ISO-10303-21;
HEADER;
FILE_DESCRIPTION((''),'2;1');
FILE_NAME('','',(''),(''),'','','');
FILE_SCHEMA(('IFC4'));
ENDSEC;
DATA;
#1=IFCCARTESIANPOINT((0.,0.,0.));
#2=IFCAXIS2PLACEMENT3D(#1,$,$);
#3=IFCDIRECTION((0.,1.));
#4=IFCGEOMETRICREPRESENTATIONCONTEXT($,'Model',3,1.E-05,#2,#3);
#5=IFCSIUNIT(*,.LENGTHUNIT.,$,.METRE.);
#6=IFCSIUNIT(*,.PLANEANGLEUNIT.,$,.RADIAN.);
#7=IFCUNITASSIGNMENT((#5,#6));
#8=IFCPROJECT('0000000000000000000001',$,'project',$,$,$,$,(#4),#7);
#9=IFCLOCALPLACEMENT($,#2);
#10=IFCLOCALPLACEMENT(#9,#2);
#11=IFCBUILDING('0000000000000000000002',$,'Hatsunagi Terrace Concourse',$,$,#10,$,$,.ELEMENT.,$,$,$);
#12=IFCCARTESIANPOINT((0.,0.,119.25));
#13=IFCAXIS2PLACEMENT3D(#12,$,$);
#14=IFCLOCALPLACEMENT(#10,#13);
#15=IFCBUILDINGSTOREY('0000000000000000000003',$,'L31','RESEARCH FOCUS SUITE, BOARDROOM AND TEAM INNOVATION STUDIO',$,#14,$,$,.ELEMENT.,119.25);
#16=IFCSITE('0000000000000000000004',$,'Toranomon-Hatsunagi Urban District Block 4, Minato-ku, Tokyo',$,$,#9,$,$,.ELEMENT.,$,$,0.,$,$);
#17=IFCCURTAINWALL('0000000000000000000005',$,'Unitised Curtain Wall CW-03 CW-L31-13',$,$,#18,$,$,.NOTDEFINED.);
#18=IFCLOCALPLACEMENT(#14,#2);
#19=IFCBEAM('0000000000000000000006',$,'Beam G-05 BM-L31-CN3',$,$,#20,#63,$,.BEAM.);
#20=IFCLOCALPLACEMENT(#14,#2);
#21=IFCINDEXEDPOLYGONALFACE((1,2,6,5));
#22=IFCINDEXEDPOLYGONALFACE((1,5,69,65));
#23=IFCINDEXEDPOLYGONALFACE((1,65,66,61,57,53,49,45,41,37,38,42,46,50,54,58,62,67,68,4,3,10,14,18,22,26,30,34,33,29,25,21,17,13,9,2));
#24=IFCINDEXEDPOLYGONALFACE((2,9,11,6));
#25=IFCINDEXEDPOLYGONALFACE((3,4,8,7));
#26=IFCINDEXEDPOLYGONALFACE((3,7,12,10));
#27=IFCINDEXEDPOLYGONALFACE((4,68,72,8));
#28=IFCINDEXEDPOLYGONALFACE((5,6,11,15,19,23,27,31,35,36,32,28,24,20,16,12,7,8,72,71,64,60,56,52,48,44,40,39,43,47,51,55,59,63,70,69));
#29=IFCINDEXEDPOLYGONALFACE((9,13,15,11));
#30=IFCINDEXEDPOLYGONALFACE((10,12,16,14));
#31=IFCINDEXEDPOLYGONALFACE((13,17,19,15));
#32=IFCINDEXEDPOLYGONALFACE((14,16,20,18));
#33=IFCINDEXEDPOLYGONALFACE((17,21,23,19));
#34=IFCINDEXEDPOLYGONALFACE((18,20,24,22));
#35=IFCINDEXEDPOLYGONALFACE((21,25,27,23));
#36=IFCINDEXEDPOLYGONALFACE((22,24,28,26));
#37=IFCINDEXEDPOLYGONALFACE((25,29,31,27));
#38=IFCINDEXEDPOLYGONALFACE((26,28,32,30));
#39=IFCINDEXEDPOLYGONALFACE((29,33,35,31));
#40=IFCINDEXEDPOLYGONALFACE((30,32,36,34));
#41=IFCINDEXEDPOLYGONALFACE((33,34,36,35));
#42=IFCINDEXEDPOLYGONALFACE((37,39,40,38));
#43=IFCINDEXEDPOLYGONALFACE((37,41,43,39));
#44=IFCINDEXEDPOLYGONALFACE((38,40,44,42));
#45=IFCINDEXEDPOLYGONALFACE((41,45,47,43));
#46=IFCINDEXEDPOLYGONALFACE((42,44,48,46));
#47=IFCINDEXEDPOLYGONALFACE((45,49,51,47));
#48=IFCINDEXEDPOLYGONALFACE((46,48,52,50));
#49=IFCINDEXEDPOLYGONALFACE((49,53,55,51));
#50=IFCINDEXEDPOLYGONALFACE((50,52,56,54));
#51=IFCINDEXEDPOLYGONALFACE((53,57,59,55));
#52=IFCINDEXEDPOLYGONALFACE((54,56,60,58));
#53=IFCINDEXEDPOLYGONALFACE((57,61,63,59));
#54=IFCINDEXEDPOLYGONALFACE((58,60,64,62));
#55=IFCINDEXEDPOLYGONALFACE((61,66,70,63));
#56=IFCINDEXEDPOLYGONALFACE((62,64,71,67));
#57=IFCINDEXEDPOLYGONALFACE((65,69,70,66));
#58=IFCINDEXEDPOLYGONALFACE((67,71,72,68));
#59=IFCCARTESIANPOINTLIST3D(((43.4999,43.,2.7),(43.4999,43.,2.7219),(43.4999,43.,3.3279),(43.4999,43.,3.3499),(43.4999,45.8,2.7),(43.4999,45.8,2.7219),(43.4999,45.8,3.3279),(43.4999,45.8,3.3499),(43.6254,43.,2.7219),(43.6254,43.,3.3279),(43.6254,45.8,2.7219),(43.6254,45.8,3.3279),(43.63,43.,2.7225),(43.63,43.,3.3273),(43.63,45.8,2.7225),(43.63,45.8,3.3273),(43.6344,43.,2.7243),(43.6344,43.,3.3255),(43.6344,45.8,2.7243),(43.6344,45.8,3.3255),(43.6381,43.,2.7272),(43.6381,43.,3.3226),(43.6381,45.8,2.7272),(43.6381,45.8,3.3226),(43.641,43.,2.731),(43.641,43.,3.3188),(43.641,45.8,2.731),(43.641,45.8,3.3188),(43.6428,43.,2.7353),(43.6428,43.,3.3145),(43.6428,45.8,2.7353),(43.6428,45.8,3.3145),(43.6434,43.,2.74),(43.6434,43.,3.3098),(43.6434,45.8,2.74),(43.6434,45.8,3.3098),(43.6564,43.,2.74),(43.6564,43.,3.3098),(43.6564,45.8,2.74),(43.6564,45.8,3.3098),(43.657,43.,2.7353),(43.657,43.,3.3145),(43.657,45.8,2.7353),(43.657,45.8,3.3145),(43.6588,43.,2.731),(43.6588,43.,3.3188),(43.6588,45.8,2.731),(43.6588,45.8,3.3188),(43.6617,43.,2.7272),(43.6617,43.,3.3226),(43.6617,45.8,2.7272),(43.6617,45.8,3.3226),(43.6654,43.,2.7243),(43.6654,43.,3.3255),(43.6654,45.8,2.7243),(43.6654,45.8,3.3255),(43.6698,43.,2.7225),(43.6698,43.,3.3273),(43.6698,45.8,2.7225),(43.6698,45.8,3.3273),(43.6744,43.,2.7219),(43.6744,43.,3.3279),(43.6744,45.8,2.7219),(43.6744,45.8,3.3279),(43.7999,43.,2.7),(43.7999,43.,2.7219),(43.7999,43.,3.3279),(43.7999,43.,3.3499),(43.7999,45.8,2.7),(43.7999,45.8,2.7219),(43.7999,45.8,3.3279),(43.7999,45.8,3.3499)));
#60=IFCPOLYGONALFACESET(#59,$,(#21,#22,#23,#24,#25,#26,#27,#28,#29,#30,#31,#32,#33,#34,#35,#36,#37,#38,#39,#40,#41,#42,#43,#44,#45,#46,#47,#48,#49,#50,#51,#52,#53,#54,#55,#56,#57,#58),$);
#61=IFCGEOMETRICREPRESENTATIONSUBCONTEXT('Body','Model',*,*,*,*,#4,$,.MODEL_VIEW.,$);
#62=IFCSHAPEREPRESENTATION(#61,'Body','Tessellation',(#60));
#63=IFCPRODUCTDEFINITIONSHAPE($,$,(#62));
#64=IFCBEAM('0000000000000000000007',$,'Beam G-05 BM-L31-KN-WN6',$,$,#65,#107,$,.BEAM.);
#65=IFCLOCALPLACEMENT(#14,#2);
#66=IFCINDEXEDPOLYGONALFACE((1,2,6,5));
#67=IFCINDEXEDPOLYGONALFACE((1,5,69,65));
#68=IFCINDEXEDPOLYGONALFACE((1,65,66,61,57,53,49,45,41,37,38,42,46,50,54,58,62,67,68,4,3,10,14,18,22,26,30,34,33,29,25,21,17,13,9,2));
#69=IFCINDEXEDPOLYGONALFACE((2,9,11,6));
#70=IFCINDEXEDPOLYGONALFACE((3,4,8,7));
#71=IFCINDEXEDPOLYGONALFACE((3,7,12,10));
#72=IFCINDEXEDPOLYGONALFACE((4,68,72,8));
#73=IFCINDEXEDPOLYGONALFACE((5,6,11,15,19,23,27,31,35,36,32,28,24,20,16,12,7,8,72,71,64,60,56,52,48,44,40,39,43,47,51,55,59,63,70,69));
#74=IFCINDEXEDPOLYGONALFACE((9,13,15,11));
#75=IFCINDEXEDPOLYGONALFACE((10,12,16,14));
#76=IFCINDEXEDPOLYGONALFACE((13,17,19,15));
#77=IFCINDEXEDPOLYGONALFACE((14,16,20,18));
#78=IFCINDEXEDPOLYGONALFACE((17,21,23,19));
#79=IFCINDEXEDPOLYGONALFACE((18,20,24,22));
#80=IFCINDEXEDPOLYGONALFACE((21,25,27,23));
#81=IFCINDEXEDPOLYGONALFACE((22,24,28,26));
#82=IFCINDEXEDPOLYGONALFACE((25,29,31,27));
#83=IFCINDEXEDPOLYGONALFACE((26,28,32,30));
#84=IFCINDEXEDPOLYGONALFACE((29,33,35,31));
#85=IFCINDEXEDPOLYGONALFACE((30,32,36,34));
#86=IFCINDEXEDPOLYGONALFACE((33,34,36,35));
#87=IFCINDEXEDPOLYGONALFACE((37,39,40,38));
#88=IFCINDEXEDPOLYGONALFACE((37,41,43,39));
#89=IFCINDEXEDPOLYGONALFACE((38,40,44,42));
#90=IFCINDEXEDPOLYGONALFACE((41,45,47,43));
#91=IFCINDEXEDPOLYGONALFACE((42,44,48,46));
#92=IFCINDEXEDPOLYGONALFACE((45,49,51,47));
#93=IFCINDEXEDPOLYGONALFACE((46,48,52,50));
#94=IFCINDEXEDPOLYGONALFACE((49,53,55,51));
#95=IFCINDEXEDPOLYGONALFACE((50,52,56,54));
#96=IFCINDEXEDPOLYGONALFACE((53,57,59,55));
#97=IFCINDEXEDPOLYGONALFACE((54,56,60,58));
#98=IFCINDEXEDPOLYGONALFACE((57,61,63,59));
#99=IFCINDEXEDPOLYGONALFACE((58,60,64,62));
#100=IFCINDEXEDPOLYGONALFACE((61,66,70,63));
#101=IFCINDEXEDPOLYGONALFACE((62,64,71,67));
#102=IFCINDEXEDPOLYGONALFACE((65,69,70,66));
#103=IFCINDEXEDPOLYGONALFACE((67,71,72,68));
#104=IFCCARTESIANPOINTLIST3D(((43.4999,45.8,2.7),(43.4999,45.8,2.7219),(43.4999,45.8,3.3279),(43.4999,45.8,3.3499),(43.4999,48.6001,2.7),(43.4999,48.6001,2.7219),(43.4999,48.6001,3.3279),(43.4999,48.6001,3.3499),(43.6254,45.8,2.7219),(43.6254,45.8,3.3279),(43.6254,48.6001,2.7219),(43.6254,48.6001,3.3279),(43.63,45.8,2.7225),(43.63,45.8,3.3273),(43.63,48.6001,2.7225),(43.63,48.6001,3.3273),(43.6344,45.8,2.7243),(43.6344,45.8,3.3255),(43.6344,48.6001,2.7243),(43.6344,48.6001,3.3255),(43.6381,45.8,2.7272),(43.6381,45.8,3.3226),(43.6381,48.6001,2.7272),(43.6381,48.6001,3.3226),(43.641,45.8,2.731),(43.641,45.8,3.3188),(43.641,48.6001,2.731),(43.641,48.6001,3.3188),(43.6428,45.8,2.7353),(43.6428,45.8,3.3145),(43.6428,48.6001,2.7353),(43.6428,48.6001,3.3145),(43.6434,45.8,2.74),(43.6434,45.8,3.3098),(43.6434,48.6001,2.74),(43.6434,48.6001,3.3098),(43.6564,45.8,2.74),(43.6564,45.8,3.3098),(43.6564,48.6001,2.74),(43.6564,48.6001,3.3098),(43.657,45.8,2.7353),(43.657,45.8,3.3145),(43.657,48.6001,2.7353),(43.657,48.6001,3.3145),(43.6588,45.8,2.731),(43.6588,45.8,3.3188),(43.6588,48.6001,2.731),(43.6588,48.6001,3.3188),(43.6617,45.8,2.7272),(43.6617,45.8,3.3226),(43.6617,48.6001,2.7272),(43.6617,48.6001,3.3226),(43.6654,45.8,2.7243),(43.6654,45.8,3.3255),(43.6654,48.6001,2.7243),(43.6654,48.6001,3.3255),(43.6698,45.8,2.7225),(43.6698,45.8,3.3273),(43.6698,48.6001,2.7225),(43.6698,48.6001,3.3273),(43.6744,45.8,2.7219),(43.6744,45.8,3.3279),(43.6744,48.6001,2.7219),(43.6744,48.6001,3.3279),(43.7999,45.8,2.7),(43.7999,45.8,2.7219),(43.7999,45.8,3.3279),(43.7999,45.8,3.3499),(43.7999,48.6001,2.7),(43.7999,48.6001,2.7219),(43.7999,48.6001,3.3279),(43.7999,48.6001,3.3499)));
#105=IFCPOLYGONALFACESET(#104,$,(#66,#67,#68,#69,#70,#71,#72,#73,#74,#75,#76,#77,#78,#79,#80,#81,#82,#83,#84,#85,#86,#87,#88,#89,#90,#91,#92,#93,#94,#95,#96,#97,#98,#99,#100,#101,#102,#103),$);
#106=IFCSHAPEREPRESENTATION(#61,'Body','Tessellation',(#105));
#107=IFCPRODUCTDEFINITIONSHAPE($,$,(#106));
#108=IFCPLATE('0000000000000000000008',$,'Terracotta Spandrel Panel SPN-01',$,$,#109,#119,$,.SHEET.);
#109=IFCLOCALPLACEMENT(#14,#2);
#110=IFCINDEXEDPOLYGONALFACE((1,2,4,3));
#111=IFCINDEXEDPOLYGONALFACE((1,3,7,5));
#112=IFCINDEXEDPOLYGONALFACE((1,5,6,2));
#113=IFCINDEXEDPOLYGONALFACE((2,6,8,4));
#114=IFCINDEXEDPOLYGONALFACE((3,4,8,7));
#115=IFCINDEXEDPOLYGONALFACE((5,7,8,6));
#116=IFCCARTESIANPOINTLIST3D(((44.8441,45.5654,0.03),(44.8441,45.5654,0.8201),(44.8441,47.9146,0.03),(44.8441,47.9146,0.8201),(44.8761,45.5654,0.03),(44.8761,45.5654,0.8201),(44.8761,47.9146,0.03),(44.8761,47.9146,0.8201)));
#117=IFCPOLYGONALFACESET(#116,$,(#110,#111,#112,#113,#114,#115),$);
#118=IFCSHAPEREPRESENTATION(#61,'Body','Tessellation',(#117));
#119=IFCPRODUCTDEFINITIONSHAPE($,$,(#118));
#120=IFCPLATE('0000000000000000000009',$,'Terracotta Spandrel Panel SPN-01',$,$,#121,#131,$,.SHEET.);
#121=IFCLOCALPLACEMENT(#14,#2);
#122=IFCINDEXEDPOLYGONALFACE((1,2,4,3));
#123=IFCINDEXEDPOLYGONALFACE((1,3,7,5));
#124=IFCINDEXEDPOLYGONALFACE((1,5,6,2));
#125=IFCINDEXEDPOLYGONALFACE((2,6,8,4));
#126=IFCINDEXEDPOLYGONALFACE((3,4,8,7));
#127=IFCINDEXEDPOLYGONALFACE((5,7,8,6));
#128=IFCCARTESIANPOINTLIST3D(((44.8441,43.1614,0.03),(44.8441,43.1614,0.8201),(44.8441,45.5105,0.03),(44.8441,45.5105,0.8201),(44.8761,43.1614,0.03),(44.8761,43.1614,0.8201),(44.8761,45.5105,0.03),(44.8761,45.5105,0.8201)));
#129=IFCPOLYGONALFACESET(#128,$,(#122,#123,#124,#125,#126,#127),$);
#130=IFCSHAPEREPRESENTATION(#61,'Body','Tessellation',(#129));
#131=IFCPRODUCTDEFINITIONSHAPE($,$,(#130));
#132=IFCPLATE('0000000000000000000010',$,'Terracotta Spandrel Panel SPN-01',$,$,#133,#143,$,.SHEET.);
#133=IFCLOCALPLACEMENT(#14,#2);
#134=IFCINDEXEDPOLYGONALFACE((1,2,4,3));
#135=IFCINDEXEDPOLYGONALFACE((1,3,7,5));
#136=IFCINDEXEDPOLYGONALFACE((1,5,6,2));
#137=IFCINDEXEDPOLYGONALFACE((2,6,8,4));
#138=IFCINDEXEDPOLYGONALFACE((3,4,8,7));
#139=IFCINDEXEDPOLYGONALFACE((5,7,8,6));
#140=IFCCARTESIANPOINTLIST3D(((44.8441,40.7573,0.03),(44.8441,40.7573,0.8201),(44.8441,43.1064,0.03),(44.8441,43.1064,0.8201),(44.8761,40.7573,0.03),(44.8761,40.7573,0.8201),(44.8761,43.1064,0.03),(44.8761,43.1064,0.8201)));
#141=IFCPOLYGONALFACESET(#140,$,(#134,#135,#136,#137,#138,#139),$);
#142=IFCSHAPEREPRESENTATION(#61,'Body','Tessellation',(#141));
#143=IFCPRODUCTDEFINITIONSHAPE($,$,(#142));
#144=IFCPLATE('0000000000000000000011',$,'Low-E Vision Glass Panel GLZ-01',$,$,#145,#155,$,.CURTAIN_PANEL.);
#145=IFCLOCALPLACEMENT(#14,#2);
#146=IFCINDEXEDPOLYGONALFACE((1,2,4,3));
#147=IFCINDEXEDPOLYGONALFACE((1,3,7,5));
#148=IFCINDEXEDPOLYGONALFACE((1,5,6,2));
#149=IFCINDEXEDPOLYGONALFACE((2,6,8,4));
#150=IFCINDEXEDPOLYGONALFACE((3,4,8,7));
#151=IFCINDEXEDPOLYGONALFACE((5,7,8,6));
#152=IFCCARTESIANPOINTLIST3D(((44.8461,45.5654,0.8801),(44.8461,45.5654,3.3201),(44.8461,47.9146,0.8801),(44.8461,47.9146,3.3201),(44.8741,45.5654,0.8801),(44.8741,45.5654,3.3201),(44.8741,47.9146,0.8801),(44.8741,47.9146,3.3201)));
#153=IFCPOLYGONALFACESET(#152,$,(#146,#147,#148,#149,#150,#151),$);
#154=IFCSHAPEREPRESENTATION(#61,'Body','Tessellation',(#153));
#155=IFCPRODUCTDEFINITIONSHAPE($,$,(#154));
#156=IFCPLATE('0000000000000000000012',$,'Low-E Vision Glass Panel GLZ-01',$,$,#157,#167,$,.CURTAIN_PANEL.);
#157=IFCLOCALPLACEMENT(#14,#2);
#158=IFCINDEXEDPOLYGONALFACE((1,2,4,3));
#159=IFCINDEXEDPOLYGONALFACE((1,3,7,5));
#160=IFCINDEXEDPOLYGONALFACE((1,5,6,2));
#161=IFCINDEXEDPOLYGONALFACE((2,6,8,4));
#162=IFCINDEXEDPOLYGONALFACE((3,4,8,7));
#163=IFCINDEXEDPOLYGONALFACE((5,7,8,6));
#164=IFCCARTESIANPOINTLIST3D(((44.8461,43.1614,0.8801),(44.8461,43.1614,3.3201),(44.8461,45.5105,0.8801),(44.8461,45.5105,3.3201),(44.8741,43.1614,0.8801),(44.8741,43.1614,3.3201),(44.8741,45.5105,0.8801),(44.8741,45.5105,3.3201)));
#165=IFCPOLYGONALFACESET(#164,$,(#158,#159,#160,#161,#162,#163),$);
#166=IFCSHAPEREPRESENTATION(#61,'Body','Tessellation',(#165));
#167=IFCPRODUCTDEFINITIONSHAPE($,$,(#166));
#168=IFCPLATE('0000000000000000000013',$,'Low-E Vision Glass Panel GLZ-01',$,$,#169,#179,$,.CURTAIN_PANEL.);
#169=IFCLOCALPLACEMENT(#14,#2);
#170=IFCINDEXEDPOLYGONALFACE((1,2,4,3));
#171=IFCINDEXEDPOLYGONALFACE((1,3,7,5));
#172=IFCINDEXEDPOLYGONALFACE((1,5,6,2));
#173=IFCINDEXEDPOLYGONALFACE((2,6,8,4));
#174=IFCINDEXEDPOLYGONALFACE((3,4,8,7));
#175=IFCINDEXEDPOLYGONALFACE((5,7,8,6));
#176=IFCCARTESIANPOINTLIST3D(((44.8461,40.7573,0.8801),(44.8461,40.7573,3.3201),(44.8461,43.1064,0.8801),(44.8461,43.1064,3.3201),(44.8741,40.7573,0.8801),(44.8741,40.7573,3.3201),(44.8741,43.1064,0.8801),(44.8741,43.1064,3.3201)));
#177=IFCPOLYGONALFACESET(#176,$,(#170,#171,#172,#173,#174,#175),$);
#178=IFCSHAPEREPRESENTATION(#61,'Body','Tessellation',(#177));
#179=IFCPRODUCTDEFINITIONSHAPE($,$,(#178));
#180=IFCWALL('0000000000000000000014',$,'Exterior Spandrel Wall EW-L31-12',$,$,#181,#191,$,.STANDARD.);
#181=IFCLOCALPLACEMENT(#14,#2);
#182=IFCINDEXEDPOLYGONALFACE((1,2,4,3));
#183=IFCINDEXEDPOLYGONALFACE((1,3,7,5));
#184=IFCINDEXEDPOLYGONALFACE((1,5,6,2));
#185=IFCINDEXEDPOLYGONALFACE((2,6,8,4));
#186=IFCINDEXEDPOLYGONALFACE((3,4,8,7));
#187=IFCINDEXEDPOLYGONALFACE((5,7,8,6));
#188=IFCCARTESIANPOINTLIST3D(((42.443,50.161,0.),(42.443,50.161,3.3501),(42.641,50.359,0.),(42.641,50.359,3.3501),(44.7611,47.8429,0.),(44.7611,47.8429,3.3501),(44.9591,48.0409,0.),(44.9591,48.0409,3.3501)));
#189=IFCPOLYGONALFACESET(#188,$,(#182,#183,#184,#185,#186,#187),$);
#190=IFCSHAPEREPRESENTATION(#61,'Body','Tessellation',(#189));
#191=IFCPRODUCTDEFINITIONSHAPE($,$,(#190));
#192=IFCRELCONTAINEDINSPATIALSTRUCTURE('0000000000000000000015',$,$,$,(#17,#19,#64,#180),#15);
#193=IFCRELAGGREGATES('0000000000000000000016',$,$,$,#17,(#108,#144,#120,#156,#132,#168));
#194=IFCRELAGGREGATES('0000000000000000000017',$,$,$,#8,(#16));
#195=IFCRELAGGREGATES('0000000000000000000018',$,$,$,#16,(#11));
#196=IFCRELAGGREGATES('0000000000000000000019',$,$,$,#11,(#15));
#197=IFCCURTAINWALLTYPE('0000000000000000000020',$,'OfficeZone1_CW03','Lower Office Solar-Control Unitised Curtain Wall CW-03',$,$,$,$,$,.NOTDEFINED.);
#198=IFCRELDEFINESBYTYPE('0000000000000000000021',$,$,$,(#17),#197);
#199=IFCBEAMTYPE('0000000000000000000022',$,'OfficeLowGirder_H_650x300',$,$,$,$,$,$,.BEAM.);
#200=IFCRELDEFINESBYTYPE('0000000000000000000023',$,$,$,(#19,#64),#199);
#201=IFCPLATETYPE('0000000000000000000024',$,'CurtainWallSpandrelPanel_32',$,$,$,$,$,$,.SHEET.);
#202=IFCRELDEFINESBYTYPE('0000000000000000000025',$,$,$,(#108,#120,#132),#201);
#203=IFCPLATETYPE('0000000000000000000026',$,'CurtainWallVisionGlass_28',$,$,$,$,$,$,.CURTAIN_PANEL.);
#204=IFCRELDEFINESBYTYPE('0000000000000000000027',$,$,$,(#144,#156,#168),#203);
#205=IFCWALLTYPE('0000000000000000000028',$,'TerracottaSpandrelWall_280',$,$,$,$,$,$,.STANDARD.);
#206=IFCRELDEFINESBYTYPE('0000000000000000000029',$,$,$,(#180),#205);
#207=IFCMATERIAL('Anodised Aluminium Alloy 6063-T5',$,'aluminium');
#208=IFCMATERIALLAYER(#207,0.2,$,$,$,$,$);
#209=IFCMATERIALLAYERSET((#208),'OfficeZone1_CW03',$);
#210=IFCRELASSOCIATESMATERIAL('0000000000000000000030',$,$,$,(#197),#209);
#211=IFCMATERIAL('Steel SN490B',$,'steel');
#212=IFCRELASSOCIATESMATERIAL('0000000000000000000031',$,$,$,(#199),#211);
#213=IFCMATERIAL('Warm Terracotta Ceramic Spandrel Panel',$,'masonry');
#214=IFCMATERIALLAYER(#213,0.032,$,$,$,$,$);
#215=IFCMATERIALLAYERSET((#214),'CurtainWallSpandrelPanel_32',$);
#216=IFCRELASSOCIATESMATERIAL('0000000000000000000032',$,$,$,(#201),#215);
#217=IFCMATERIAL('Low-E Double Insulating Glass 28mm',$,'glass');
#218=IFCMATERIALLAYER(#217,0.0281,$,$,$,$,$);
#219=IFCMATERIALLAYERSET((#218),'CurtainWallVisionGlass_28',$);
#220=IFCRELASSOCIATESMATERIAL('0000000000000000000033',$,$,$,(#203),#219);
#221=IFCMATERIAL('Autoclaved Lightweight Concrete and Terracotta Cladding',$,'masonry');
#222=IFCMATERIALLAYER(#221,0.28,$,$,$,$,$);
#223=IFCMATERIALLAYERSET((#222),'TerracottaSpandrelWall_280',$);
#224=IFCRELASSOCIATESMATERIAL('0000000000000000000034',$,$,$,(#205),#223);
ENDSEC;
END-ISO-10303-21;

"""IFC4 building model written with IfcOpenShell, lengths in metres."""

from ifc_helpers import new_model, si_unit, direction, frame, frame_2d, origin, origin_2d, place, context, subcontext, project, spatial, rectangle, i_section, extrude, material, layer, layer_set, material_profile, profile_set, type_object, element, aggregate, save


model = new_model("IFC4")

# Units and contexts
model_context = context("Model", 3, precision=1e-05, world=origin(), true_north=direction((0.0, 1.0)))
body_context = subcontext(model_context, "Body", "Model", "MODEL_VIEW")
ifc_project = project(units=[si_unit("LENGTHUNIT", "METRE"), si_unit("PLANEANGLEUNIT", "RADIAN")], contexts=[model_context])

# Site, building, storey
site_placement = place(None, origin())
site = spatial("IfcSite", under=ifc_project, at=site_placement, Name="Toranomon-Hatsunagi Urban District Block 4, Minato-ku, Tokyo", CompositionType="ELEMENT", RefElevation=0.0)
building_placement = place(site_placement, origin())
building = spatial("IfcBuilding", under=site, at=building_placement, Name="Hatsunagi Terrace Concourse", CompositionType="ELEMENT")
storey_placement = place(building_placement, frame((0.0, 0.0, 119.25)))
storey = spatial("IfcBuildingStorey", under=building, at=storey_placement, Name="L31", Description="RESEARCH FOCUS SUITE, BOARDROOM AND TEAM INNOVATION STUDIO", CompositionType="ELEMENT", Elevation=119.25)

# Curtain wall
ifc_material_1 = material(Name="Anodised Aluminium Alloy 6063-T5", Category="aluminium")
ifc_layer_1 = layer(ifc_material_1, 0.2)
ifc_layer_set_1 = layer_set([ifc_layer_1], Name="OfficeZone1_CW03")
curtain_wall_type = type_object("IfcCurtainWallType", Name="OfficeZone1_CW03", Description="Lower Office Solar-Control Unitised Curtain Wall CW-03", PredefinedType="NOTDEFINED", material=ifc_layer_set_1)
curtain_wall_placement = place(storey_placement, origin())
curtain_wall = element("IfcCurtainWall", 1, at=curtain_wall_placement, inside=storey, type_object=curtain_wall_type, Name="Unitised Curtain Wall CW-03 CW-L31-13", PredefinedType="NOTDEFINED")

# Beams
ifc_material_2 = material(Name="Steel SN490B", Category="steel")
ifc_material_profile_1 = material_profile(ifc_material_2, i_section(OverallWidth=0.3, OverallDepth=0.6499, WebThickness=0.0129, FlangeThickness=0.022, FilletRadius=0.0181, at=origin_2d()), Name="H-650x300x13x22")
ifc_profile_set_1 = profile_set([ifc_material_profile_1], Name="Steel SN490B")
beam_type = type_object("IfcBeamType", Name="OfficeLowGirder_H_650x300", PredefinedType="BEAM", material=ifc_profile_set_1)
for number, where, z_axis, x_axis, name in (
    (2, (43.6499, 43.0, 3.0249), (0.0, 1.0, 0.0), (-1.0, 0.0, 0.0), "Beam G-05 BM-L31-CN3"),
    (3, (43.6499, 45.8, 3.0249), (0.0, 1.0, 0.0), (-1.0, 0.0, 0.0), "Beam G-05 BM-L31-KN-WN6"),
):
    element("IfcBeam", number, at=place(storey_placement, frame(where, z_axis=z_axis, x_axis=x_axis)), inside=storey, type_object=beam_type, Name=name, PredefinedType="BEAM", context=body_context, shape_type="SweptSolid", body=[
        extrude(i_section(OverallWidth=0.3, OverallDepth=0.6499, WebThickness=0.0129, FlangeThickness=0.022, FilletRadius=0.0181, at=origin_2d()), origin(), (0.0, 0.0, 1.0), 2.8),
    ])

# Plates
ifc_material_3 = material(Name="Warm Terracotta Ceramic Spandrel Panel", Category="masonry")
ifc_layer_2 = layer(ifc_material_3, 0.032)
ifc_layer_set_2 = layer_set([ifc_layer_2], Name="CurtainWallSpandrelPanel_32")
plate_type_1 = type_object("IfcPlateType", Name="CurtainWallSpandrelPanel_32", PredefinedType="SHEET", material=ifc_layer_set_2)
plate_1_placement = place(storey_placement, frame((44.8601, 46.74, 0.03), z_axis=(0.0, 0.0, 1.0), x_axis=(0.0, -1.0, 0.0)))
plate_1 = element("IfcPlate", 4, at=plate_1_placement, type_object=plate_type_1, Name="Terracotta Spandrel Panel SPN-01", PredefinedType="SHEET", context=body_context, shape_type="SweptSolid", body=[
    extrude(rectangle(XDim=2.3491, YDim=0.032, at=origin_2d()), origin(), (0.0, 0.0, 1.0), 0.79),
])
plate_2_placement = place(storey_placement, frame((44.8601, 44.3359, 0.03), z_axis=(0.0, 0.0, 1.0), x_axis=(0.0, -1.0, 0.0)))
plate_2 = element("IfcPlate", 5, at=plate_2_placement, type_object=plate_type_1, Name="Terracotta Spandrel Panel SPN-01", PredefinedType="SHEET", context=body_context, shape_type="SweptSolid", body=[
    extrude(rectangle(XDim=2.3491, YDim=0.032, at=origin_2d()), origin(), (0.0, 0.0, 1.0), 0.79),
])
plate_3_placement = place(storey_placement, frame((44.8601, 41.9319, 0.03), z_axis=(0.0, 0.0, 1.0), x_axis=(0.0, -1.0, 0.0)))
plate_3 = element("IfcPlate", 6, at=plate_3_placement, type_object=plate_type_1, Name="Terracotta Spandrel Panel SPN-01", PredefinedType="SHEET", context=body_context, shape_type="SweptSolid", body=[
    extrude(rectangle(XDim=2.3491, YDim=0.032, at=origin_2d()), origin(), (0.0, 0.0, 1.0), 0.79),
])
ifc_material_4 = material(Name="Low-E Double Insulating Glass 28mm", Category="glass")
ifc_layer_3 = layer(ifc_material_4, 0.0281)
ifc_layer_set_3 = layer_set([ifc_layer_3], Name="CurtainWallVisionGlass_28")
plate_type_2 = type_object("IfcPlateType", Name="CurtainWallVisionGlass_28", PredefinedType="CURTAIN_PANEL", material=ifc_layer_set_3)
plate_4_placement = place(storey_placement, frame((44.8601, 46.74, 0.8801), z_axis=(0.0, 0.0, 1.0), x_axis=(0.0, -1.0, 0.0)))
plate_4 = element("IfcPlate", 7, at=plate_4_placement, type_object=plate_type_2, Name="Low-E Vision Glass Panel GLZ-01", PredefinedType="CURTAIN_PANEL", context=body_context, shape_type="SweptSolid", body=[
    extrude(rectangle(XDim=2.3491, YDim=0.0281, at=origin_2d()), origin(), (0.0, 0.0, 1.0), 2.4399),
])
plate_5_placement = place(storey_placement, frame((44.8601, 44.3359, 0.8801), z_axis=(0.0, 0.0, 1.0), x_axis=(0.0, -1.0, 0.0)))
plate_5 = element("IfcPlate", 8, at=plate_5_placement, type_object=plate_type_2, Name="Low-E Vision Glass Panel GLZ-01", PredefinedType="CURTAIN_PANEL", context=body_context, shape_type="SweptSolid", body=[
    extrude(rectangle(XDim=2.3491, YDim=0.0281, at=origin_2d()), origin(), (0.0, 0.0, 1.0), 2.4399),
])
plate_6_placement = place(storey_placement, frame((44.8601, 41.9319, 0.8801), z_axis=(0.0, 0.0, 1.0), x_axis=(0.0, -1.0, 0.0)))
plate_6 = element("IfcPlate", 9, at=plate_6_placement, type_object=plate_type_2, Name="Low-E Vision Glass Panel GLZ-01", PredefinedType="CURTAIN_PANEL", context=body_context, shape_type="SweptSolid", body=[
    extrude(rectangle(XDim=2.3491, YDim=0.0281, at=origin_2d()), origin(), (0.0, 0.0, 1.0), 2.4399),
])
aggregate(curtain_wall, [plate_1, plate_4, plate_2, plate_5, plate_3, plate_6])

# Wall
ifc_material_5 = material(Name="Autoclaved Lightweight Concrete and Terracotta Cladding", Category="masonry")
ifc_layer_4 = layer(ifc_material_5, 0.28)
ifc_layer_set_4 = layer_set([ifc_layer_4], Name="TerracottaSpandrelWall_280")
wall_type = type_object("IfcWallType", Name="TerracottaSpandrelWall_280", PredefinedType="STANDARD", material=ifc_layer_set_4)
wall_placement = place(storey_placement, frame((42.542, 50.26, 0.0), z_axis=(0.0, 0.0, 1.0), x_axis=(0.707107, -0.707107, 0.0)))
element("IfcWall", 10, at=wall_placement, inside=storey, type_object=wall_type, Name="Exterior Spandrel Wall EW-L31-12", PredefinedType="STANDARD", context=body_context, shape_type="SweptSolid", body=[
    extrude(rectangle(XDim=3.2783, YDim=0.28, at=frame_2d((1.6392, 0.0))), origin(), (0.0, 0.0, 1.0), 3.3501),
])

save(model, "model.ifc")
